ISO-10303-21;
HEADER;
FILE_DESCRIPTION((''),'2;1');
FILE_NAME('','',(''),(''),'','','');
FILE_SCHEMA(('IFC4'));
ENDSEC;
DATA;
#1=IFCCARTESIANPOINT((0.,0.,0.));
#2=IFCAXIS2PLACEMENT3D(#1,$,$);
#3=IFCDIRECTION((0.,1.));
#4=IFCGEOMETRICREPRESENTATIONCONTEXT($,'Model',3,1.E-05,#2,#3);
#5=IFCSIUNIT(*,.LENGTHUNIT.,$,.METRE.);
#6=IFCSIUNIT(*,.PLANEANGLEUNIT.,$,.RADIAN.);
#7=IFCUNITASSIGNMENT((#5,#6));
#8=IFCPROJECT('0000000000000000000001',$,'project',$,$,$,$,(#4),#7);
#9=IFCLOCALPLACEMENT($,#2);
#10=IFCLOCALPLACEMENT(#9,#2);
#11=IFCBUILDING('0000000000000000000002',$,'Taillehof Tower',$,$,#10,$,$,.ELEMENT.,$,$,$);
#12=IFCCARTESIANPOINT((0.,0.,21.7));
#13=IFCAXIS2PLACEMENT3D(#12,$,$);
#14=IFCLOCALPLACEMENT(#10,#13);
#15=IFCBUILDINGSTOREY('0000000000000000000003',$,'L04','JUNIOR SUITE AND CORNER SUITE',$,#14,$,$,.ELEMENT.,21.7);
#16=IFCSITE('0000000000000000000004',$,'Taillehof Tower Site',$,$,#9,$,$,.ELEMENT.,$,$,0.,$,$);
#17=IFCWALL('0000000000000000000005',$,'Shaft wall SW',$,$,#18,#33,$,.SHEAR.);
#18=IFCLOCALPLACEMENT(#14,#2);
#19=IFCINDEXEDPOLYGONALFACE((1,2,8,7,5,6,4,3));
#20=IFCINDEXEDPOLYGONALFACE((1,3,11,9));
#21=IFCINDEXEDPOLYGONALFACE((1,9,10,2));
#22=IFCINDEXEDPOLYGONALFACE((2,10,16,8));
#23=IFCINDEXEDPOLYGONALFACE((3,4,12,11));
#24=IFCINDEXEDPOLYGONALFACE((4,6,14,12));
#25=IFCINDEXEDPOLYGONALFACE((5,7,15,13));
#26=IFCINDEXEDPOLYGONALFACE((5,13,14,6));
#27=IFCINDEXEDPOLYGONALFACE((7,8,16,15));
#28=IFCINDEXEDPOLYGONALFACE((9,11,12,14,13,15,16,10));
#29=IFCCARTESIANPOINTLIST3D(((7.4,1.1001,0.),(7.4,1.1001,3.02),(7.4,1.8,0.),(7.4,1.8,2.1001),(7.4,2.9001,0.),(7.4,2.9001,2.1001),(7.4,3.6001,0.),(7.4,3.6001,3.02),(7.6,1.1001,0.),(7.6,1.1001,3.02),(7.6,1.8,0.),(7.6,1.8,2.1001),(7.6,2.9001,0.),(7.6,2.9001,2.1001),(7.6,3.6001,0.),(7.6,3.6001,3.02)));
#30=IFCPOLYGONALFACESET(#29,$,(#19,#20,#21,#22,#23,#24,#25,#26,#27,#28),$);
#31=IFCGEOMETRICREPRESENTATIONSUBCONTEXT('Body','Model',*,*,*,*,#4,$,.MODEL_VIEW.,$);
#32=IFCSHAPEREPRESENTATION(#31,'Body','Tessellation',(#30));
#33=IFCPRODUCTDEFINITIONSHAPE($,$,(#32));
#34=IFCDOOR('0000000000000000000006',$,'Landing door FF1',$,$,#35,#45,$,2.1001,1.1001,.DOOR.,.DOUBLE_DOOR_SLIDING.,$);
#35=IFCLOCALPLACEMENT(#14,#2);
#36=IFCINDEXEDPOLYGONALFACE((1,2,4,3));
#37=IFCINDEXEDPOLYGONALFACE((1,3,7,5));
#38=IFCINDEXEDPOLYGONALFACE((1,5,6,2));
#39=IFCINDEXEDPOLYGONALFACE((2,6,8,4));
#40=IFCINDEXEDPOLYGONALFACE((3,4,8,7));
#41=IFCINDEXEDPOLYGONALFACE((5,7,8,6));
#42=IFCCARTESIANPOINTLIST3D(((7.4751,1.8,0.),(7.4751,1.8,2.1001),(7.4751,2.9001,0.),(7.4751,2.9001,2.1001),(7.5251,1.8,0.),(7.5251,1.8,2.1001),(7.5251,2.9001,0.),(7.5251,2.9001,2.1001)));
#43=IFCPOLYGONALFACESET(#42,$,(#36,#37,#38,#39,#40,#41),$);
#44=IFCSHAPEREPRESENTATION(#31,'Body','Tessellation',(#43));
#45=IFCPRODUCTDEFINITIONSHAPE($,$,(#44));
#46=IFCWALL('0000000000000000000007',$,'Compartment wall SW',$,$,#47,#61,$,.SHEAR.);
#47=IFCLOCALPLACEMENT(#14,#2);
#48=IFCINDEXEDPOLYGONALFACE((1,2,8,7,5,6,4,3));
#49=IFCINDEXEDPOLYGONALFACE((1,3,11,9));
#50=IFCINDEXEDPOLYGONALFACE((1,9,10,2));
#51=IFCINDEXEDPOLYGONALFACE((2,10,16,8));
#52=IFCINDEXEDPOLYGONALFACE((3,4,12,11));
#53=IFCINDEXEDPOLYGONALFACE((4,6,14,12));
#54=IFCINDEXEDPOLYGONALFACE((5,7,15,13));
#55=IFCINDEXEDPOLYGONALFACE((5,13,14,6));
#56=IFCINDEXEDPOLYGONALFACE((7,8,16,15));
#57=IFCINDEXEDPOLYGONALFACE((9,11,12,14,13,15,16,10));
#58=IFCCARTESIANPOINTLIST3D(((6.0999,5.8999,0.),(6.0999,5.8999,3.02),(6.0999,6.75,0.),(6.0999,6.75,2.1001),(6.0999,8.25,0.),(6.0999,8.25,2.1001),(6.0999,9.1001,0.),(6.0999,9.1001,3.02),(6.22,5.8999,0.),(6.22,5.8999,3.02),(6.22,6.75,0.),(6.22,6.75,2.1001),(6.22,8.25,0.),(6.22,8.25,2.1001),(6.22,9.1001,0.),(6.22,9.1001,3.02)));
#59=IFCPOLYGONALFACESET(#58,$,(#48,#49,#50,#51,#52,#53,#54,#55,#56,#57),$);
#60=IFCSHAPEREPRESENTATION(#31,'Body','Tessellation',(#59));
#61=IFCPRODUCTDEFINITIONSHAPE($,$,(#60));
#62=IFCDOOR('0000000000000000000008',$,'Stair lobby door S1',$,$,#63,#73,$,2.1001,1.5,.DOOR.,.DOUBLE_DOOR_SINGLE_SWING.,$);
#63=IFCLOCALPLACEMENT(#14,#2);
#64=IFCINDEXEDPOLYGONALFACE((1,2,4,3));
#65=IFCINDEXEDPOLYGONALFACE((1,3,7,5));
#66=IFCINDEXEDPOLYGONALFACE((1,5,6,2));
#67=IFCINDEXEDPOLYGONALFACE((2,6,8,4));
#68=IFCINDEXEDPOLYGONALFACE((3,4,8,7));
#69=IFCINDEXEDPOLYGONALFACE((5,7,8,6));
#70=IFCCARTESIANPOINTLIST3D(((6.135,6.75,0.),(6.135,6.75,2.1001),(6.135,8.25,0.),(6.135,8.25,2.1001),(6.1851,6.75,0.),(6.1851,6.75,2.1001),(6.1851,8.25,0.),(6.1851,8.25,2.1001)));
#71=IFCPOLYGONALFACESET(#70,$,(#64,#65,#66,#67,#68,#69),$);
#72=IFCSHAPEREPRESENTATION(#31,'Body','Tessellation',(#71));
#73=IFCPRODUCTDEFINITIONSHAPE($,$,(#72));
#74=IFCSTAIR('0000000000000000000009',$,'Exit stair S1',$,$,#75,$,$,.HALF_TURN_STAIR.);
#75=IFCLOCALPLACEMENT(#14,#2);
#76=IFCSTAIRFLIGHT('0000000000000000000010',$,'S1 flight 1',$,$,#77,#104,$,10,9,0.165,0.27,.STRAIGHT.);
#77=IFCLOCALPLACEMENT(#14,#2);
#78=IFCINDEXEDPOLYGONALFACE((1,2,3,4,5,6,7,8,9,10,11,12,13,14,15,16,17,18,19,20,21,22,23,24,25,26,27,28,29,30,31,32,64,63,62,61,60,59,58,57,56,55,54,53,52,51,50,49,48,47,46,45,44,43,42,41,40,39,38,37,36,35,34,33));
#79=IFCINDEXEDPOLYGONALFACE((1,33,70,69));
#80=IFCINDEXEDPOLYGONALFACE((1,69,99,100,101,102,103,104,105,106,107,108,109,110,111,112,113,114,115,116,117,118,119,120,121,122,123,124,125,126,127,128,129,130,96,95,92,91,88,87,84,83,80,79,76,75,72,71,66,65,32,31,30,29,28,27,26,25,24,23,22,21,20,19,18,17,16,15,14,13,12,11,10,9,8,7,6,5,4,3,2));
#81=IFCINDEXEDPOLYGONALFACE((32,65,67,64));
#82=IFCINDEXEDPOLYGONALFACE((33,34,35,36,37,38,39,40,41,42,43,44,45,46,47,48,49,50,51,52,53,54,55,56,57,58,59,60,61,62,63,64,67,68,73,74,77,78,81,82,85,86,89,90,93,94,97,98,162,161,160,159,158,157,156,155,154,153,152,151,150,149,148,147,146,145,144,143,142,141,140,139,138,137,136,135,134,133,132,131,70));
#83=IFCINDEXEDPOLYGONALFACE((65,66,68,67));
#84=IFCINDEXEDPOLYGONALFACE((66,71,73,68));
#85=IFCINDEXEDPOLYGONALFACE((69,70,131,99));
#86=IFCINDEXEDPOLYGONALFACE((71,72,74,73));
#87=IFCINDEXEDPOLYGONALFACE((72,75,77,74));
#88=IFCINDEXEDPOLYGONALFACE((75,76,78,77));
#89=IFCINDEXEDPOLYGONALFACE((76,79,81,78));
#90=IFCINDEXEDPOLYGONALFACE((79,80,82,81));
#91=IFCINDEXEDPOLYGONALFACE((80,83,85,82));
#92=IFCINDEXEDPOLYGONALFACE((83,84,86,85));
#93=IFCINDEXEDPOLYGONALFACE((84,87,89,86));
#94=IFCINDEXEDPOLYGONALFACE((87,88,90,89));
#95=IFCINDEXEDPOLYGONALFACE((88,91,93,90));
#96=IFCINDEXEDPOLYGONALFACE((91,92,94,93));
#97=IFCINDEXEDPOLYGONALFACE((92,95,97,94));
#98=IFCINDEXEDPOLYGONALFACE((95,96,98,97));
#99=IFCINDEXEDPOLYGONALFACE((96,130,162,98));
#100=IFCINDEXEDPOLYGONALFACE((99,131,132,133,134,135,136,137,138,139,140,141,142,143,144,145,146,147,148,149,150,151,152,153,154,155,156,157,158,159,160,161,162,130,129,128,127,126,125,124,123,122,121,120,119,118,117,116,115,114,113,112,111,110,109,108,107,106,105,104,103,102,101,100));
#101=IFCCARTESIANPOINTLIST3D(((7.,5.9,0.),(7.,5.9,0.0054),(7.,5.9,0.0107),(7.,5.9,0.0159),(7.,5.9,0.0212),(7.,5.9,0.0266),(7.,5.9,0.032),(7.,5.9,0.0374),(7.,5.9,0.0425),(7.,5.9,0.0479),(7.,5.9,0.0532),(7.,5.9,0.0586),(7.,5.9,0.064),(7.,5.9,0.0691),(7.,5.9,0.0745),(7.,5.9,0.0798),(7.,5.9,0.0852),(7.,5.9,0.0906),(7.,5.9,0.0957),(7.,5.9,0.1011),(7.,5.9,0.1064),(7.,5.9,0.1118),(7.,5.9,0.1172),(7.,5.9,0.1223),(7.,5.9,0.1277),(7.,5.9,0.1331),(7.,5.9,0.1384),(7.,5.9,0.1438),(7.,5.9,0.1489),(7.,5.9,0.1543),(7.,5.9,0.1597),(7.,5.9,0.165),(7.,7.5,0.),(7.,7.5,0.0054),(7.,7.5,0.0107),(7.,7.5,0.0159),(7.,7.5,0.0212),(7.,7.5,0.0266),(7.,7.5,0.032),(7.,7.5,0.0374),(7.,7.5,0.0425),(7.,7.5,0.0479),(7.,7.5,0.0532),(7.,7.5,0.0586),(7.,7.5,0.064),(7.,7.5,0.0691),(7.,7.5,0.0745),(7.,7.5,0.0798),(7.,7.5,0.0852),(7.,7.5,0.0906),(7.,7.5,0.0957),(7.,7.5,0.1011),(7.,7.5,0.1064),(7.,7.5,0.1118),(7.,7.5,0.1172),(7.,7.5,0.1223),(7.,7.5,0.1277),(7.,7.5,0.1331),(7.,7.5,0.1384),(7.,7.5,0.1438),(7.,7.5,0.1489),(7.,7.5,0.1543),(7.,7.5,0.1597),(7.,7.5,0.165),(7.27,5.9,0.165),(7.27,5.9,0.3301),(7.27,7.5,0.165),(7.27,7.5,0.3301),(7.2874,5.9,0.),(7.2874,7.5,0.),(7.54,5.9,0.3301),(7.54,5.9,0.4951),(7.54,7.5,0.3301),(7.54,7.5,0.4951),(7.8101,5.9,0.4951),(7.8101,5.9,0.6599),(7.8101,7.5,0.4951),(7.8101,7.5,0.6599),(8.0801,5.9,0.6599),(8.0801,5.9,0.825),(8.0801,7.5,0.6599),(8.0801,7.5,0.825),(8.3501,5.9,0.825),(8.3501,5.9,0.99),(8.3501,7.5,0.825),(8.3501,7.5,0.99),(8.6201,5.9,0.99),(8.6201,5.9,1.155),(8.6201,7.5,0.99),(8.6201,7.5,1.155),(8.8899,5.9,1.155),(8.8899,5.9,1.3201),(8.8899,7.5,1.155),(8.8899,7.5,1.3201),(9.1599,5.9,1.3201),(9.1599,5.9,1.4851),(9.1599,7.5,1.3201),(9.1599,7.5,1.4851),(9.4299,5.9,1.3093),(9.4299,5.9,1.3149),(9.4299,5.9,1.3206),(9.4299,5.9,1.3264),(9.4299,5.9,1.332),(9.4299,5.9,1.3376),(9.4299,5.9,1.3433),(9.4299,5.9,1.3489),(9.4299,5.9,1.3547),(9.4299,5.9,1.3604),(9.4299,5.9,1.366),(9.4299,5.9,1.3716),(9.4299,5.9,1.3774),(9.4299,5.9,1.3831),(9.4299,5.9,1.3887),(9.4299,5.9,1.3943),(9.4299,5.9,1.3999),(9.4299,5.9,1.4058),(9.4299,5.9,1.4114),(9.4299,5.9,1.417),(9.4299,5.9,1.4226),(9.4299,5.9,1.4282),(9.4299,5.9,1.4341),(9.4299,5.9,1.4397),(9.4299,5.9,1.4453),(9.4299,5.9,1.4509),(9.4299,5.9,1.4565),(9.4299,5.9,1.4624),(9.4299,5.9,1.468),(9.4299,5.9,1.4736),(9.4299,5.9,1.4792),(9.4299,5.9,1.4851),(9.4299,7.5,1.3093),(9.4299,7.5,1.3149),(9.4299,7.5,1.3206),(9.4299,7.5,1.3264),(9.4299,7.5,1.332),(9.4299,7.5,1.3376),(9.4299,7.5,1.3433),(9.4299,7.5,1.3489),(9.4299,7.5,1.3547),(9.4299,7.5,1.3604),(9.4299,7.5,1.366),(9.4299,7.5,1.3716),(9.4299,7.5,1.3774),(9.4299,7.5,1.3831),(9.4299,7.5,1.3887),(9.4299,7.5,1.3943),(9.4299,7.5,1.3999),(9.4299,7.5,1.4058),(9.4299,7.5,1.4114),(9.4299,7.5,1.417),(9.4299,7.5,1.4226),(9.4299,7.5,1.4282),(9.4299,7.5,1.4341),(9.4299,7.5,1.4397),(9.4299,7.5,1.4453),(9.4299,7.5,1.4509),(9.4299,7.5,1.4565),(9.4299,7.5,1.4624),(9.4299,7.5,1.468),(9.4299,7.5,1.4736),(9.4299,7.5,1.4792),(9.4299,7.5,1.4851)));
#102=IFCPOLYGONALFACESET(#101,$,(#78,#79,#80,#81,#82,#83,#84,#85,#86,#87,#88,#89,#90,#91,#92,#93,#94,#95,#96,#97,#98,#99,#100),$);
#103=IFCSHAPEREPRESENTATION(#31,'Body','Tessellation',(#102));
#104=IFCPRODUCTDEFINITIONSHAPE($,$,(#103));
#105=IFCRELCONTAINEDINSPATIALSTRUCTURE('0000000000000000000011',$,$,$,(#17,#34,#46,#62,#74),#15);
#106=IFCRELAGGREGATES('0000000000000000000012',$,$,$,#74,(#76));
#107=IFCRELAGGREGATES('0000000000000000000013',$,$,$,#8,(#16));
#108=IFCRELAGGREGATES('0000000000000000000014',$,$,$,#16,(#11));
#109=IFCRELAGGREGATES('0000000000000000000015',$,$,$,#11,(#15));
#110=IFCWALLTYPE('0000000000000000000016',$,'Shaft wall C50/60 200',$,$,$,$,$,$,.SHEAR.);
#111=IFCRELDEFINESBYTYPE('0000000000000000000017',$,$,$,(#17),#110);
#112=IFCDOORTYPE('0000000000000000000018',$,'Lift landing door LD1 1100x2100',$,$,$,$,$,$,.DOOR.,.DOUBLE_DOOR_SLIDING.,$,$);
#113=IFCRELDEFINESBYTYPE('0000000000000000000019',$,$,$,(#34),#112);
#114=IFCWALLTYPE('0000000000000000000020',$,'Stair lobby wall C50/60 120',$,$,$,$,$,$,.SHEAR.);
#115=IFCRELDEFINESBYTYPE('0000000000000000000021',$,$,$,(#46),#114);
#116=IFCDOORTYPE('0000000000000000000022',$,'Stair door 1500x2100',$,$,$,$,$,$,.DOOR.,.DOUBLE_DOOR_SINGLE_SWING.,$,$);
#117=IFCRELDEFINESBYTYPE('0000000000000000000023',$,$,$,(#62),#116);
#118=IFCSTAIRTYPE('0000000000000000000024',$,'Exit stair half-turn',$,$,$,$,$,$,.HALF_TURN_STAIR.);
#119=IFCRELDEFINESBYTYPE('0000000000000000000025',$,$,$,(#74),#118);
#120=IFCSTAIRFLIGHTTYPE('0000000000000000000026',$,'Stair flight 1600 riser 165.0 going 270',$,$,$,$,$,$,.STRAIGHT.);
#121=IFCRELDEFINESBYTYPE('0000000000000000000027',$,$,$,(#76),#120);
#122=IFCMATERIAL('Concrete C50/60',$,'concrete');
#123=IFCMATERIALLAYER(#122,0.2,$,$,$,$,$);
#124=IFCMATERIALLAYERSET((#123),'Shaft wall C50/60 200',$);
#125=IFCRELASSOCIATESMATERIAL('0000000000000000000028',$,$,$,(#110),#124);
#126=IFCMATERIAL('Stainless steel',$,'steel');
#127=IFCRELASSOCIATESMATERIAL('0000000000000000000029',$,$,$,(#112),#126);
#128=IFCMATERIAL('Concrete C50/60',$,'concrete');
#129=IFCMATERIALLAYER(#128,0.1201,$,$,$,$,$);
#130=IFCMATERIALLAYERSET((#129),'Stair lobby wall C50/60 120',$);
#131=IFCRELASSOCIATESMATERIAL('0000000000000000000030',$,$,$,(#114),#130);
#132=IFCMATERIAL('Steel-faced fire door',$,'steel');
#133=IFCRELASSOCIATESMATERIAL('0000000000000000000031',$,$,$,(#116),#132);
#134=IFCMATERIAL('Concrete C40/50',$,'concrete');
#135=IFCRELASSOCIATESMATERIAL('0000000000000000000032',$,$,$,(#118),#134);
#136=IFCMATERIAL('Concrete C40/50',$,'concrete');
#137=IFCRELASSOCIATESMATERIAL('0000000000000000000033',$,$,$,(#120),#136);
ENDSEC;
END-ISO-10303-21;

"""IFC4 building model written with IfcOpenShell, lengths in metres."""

from ifc_helpers import new_model, si_unit, direction, frame, frame_2d, origin, place, context, subcontext, project, spatial, polyline, rectangle, outline, extrude, material, layer, layer_set, type_object, element, fill, aggregate, save


model = new_model("IFC4")

# Units and contexts
model_context = context("Model", 3, precision=1e-05, world=origin(), true_north=direction((0.0, 1.0)))
body_context = subcontext(model_context, "Body", "Model", "MODEL_VIEW")
ifc_project = project(units=[si_unit("LENGTHUNIT", "METRE"), si_unit("PLANEANGLEUNIT", "RADIAN")], contexts=[model_context])

# Site, building, storey
site_placement = place(None, origin())
site = spatial("IfcSite", under=ifc_project, at=site_placement, Name="Taillehof Tower Site", CompositionType="ELEMENT", RefElevation=0.0)
building_placement = place(site_placement, origin())
building = spatial("IfcBuilding", under=site, at=building_placement, Name="Taillehof Tower", CompositionType="ELEMENT")
storey_placement = place(building_placement, frame((0.0, 0.0, 21.7)))
storey = spatial("IfcBuildingStorey", under=building, at=storey_placement, Name="L04", Description="JUNIOR SUITE AND CORNER SUITE", CompositionType="ELEMENT", Elevation=21.7)

# Shared definitions
ifc_material_1 = material(Name="Concrete C50/60", Category="concrete")
ifc_layer_1 = layer(ifc_material_1, 0.2)
ifc_layer_set_1 = layer_set([ifc_layer_1], Name="Shaft wall C50/60 200")
wall_type_1 = type_object("IfcWallType", Name="Shaft wall C50/60 200", PredefinedType="SHEAR", material=ifc_layer_set_1)
ifc_material_2 = material(Name="Stainless steel", Category="steel")
door_type_1 = type_object("IfcDoorType", Name="Lift landing door LD1 1100x2100", OperationType="DOUBLE_DOOR_SLIDING", PredefinedType="DOOR", material=ifc_material_2)

# Walls, openings, doors
wall_1_placement = place(storey_placement, frame((7.5, 1.1001, 0.0), z_axis=(0.0, 0.0, 1.0), x_axis=(0.0, 1.0, 0.0)))
wall_1 = element("IfcWall", 1, at=wall_1_placement, inside=storey, type_object=wall_type_1, Name="Shaft wall SW", PredefinedType="SHEAR", context=body_context, shape_type="SweptSolid", body=[
    extrude(rectangle(XDim=2.5, YDim=0.2, at=frame_2d((1.25, 0.0))), origin(), (0.0, 0.0, 1.0), 3.02),
])
opening_1_placement = place(wall_1_placement, frame((0.7, 0.0, 0.0)))
opening_1 = element("IfcOpeningElement", 2, at=opening_1_placement, cuts=wall_1, PredefinedType="OPENING", context=body_context, shape_type="SweptSolid", body=[
    extrude(rectangle(XDim=1.1001, YDim=2.1001, at=frame_2d((0.55, 1.05))), frame((0.0, 0.1099, 0.0), z_axis=(0.0, -1.0, 0.0), x_axis=(1.0, 0.0, 0.0)), (0.0, 0.0, 1.0), 0.22),
])
door_1_placement = place(opening_1_placement, origin())
door_1 = element("IfcDoor", 3, at=door_1_placement, inside=storey, type_object=door_type_1, Name="Landing door FF1", OperationType="DOUBLE_DOOR_SLIDING", OverallHeight=2.1001, OverallWidth=1.1001, PredefinedType="DOOR", context=body_context, shape_type="SweptSolid", body=[
    extrude(rectangle(XDim=1.1001, YDim=2.1001, at=frame_2d((0.55, 1.05))), frame((0.0, 0.0249, 0.0), z_axis=(0.0, -1.0, 0.0), x_axis=(1.0, 0.0, 0.0)), (0.0, 0.0, 1.0), 0.05),
])
fill(opening_1, door_1)
ifc_material_3 = material(Name="Concrete C50/60", Category="concrete")
ifc_layer_2 = layer(ifc_material_3, 0.1201)
ifc_layer_set_2 = layer_set([ifc_layer_2], Name="Stair lobby wall C50/60 120")
wall_type_2 = type_object("IfcWallType", Name="Stair lobby wall C50/60 120", PredefinedType="SHEAR", material=ifc_layer_set_2)
wall_2_placement = place(storey_placement, frame((6.1599, 5.8999, 0.0), z_axis=(0.0, 0.0, 1.0), x_axis=(0.0, 1.0, 0.0)))
wall_2 = element("IfcWall", 4, at=wall_2_placement, inside=storey, type_object=wall_type_2, Name="Compartment wall SW", PredefinedType="SHEAR", context=body_context, shape_type="SweptSolid", body=[
    extrude(rectangle(XDim=3.2002, YDim=0.1201, at=frame_2d((1.6001, 0.0))), origin(), (0.0, 0.0, 1.0), 3.02),
])
opening_2_placement = place(wall_2_placement, frame((0.8501, 0.0, 0.0)))
opening_2 = element("IfcOpeningElement", 5, at=opening_2_placement, cuts=wall_2, PredefinedType="OPENING", context=body_context, shape_type="SweptSolid", body=[
    extrude(rectangle(XDim=1.5, YDim=2.1001, at=frame_2d((0.75, 1.05))), frame((0.0, 0.0701, 0.0), z_axis=(0.0, -1.0, 0.0), x_axis=(1.0, 0.0, 0.0)), (0.0, 0.0, 1.0), 0.1401),
])
ifc_material_4 = material(Name="Steel-faced fire door", Category="steel")
door_type_2 = type_object("IfcDoorType", Name="Stair door 1500x2100", OperationType="DOUBLE_DOOR_SINGLE_SWING", PredefinedType="DOOR", material=ifc_material_4)
door_2_placement = place(opening_2_placement, origin())
door_2 = element("IfcDoor", 6, at=door_2_placement, inside=storey, type_object=door_type_2, Name="Stair lobby door S1", OperationType="DOUBLE_DOOR_SINGLE_SWING", OverallHeight=2.1001, OverallWidth=1.5, PredefinedType="DOOR", context=body_context, shape_type="SweptSolid", body=[
    extrude(rectangle(XDim=1.5, YDim=2.1001, at=frame_2d((0.75, 1.05))), frame((0.0, 0.0249, 0.0), z_axis=(0.0, -1.0, 0.0), x_axis=(1.0, 0.0, 0.0)), (0.0, 0.0, 1.0), 0.05),
])
fill(opening_2, door_2)

# Stair, stair flight
ifc_material_5 = material(Name="Concrete C40/50", Category="concrete")
stair_type = type_object("IfcStairType", Name="Exit stair half-turn", PredefinedType="HALF_TURN_STAIR", material=ifc_material_5)
stair_placement = place(storey_placement, origin())
stair = element("IfcStair", 7, at=stair_placement, inside=storey, type_object=stair_type, Name="Exit stair S1", PredefinedType="HALF_TURN_STAIR")
ifc_material_6 = material(Name="Concrete C40/50", Category="concrete")
stair_flight_type = type_object("IfcStairFlightType", Name="Stair flight 1600 riser 165.0 going 270", PredefinedType="STRAIGHT", material=ifc_material_6)
stair_flight_1_placement = place(storey_placement, frame((7.0, 6.7, 0.0), z_axis=(0.0, 0.0, 1.0), x_axis=(1.0, 0.0, 0.0)))
stair_flight_1 = element("IfcStairFlight", 8, at=stair_flight_1_placement, type_object=stair_flight_type, Name="S1 flight 1", NumberOfRisers=10, NumberOfTreads=9, PredefinedType="STRAIGHT", RiserHeight=0.165, TreadLength=0.27, context=body_context, shape_type="SweptSolid", body=[
    extrude(outline(polyline([(0.0, 0.0), (0.0, 0.0054), (0.0, 0.0107), (0.0, 0.0159), (0.0, 0.0212), (0.0, 0.0266), (0.0, 0.032), (0.0, 0.0374), (0.0, 0.0425), (0.0, 0.0479), (0.0, 0.0532), (0.0, 0.0586), (0.0, 0.064), (0.0, 0.0691), (0.0, 0.0745), (0.0, 0.0798), (0.0, 0.0852), (0.0, 0.0906), (0.0, 0.0957), (0.0, 0.1011), (0.0, 0.1064), (0.0, 0.1118), (0.0, 0.1172), (0.0, 0.1223), (0.0, 0.1277), (0.0, 0.1331), (0.0, 0.1384), (0.0, 0.1438), (0.0, 0.1489), (0.0, 0.1543), (0.0, 0.1597), (0.0, 0.165), (0.27, 0.165), (0.27, 0.3301), (0.54, 0.3301), (0.54, 0.4951), (0.8101, 0.4951), (0.8101, 0.6599), (1.0801, 0.6599), (1.0801, 0.825), (1.3501, 0.825), (1.3501, 0.99), (1.6201, 0.99), (1.6201, 1.155), (1.8899, 1.155), (1.8899, 1.3201), (2.1599, 1.3201), (2.1599, 1.4851), (2.4299, 1.4851), (2.4299, 1.4792), (2.4299, 1.4736), (2.4299, 1.468), (2.4299, 1.4624), (2.4299, 1.4565), (2.4299, 1.4509), (2.4299, 1.4453), (2.4299, 1.4397), (2.4299, 1.4341), (2.4299, 1.4282), (2.4299, 1.4226), (2.4299, 1.417), (2.4299, 1.4114), (2.4299, 1.4058), (2.4299, 1.3999), (2.4299, 1.3943), (2.4299, 1.3887), (2.4299, 1.3831), (2.4299, 1.3774), (2.4299, 1.3716), (2.4299, 1.366), (2.4299, 1.3604), (2.4299, 1.3547), (2.4299, 1.3489), (2.4299, 1.3433), (2.4299, 1.3376), (2.4299, 1.332), (2.4299, 1.3264), (2.4299, 1.3206), (2.4299, 1.3149), (2.4299, 1.3093), (0.2874, 0.0), (0.0, 0.0)])), frame((0.0, 0.8, 0.0), z_axis=(0.0, -1.0, 0.0), x_axis=(1.0, 0.0, 0.0)), (0.0, 0.0, 1.0), 1.6),
])
aggregate(stair, [stair_flight_1])

save(model, "model.ifc")
